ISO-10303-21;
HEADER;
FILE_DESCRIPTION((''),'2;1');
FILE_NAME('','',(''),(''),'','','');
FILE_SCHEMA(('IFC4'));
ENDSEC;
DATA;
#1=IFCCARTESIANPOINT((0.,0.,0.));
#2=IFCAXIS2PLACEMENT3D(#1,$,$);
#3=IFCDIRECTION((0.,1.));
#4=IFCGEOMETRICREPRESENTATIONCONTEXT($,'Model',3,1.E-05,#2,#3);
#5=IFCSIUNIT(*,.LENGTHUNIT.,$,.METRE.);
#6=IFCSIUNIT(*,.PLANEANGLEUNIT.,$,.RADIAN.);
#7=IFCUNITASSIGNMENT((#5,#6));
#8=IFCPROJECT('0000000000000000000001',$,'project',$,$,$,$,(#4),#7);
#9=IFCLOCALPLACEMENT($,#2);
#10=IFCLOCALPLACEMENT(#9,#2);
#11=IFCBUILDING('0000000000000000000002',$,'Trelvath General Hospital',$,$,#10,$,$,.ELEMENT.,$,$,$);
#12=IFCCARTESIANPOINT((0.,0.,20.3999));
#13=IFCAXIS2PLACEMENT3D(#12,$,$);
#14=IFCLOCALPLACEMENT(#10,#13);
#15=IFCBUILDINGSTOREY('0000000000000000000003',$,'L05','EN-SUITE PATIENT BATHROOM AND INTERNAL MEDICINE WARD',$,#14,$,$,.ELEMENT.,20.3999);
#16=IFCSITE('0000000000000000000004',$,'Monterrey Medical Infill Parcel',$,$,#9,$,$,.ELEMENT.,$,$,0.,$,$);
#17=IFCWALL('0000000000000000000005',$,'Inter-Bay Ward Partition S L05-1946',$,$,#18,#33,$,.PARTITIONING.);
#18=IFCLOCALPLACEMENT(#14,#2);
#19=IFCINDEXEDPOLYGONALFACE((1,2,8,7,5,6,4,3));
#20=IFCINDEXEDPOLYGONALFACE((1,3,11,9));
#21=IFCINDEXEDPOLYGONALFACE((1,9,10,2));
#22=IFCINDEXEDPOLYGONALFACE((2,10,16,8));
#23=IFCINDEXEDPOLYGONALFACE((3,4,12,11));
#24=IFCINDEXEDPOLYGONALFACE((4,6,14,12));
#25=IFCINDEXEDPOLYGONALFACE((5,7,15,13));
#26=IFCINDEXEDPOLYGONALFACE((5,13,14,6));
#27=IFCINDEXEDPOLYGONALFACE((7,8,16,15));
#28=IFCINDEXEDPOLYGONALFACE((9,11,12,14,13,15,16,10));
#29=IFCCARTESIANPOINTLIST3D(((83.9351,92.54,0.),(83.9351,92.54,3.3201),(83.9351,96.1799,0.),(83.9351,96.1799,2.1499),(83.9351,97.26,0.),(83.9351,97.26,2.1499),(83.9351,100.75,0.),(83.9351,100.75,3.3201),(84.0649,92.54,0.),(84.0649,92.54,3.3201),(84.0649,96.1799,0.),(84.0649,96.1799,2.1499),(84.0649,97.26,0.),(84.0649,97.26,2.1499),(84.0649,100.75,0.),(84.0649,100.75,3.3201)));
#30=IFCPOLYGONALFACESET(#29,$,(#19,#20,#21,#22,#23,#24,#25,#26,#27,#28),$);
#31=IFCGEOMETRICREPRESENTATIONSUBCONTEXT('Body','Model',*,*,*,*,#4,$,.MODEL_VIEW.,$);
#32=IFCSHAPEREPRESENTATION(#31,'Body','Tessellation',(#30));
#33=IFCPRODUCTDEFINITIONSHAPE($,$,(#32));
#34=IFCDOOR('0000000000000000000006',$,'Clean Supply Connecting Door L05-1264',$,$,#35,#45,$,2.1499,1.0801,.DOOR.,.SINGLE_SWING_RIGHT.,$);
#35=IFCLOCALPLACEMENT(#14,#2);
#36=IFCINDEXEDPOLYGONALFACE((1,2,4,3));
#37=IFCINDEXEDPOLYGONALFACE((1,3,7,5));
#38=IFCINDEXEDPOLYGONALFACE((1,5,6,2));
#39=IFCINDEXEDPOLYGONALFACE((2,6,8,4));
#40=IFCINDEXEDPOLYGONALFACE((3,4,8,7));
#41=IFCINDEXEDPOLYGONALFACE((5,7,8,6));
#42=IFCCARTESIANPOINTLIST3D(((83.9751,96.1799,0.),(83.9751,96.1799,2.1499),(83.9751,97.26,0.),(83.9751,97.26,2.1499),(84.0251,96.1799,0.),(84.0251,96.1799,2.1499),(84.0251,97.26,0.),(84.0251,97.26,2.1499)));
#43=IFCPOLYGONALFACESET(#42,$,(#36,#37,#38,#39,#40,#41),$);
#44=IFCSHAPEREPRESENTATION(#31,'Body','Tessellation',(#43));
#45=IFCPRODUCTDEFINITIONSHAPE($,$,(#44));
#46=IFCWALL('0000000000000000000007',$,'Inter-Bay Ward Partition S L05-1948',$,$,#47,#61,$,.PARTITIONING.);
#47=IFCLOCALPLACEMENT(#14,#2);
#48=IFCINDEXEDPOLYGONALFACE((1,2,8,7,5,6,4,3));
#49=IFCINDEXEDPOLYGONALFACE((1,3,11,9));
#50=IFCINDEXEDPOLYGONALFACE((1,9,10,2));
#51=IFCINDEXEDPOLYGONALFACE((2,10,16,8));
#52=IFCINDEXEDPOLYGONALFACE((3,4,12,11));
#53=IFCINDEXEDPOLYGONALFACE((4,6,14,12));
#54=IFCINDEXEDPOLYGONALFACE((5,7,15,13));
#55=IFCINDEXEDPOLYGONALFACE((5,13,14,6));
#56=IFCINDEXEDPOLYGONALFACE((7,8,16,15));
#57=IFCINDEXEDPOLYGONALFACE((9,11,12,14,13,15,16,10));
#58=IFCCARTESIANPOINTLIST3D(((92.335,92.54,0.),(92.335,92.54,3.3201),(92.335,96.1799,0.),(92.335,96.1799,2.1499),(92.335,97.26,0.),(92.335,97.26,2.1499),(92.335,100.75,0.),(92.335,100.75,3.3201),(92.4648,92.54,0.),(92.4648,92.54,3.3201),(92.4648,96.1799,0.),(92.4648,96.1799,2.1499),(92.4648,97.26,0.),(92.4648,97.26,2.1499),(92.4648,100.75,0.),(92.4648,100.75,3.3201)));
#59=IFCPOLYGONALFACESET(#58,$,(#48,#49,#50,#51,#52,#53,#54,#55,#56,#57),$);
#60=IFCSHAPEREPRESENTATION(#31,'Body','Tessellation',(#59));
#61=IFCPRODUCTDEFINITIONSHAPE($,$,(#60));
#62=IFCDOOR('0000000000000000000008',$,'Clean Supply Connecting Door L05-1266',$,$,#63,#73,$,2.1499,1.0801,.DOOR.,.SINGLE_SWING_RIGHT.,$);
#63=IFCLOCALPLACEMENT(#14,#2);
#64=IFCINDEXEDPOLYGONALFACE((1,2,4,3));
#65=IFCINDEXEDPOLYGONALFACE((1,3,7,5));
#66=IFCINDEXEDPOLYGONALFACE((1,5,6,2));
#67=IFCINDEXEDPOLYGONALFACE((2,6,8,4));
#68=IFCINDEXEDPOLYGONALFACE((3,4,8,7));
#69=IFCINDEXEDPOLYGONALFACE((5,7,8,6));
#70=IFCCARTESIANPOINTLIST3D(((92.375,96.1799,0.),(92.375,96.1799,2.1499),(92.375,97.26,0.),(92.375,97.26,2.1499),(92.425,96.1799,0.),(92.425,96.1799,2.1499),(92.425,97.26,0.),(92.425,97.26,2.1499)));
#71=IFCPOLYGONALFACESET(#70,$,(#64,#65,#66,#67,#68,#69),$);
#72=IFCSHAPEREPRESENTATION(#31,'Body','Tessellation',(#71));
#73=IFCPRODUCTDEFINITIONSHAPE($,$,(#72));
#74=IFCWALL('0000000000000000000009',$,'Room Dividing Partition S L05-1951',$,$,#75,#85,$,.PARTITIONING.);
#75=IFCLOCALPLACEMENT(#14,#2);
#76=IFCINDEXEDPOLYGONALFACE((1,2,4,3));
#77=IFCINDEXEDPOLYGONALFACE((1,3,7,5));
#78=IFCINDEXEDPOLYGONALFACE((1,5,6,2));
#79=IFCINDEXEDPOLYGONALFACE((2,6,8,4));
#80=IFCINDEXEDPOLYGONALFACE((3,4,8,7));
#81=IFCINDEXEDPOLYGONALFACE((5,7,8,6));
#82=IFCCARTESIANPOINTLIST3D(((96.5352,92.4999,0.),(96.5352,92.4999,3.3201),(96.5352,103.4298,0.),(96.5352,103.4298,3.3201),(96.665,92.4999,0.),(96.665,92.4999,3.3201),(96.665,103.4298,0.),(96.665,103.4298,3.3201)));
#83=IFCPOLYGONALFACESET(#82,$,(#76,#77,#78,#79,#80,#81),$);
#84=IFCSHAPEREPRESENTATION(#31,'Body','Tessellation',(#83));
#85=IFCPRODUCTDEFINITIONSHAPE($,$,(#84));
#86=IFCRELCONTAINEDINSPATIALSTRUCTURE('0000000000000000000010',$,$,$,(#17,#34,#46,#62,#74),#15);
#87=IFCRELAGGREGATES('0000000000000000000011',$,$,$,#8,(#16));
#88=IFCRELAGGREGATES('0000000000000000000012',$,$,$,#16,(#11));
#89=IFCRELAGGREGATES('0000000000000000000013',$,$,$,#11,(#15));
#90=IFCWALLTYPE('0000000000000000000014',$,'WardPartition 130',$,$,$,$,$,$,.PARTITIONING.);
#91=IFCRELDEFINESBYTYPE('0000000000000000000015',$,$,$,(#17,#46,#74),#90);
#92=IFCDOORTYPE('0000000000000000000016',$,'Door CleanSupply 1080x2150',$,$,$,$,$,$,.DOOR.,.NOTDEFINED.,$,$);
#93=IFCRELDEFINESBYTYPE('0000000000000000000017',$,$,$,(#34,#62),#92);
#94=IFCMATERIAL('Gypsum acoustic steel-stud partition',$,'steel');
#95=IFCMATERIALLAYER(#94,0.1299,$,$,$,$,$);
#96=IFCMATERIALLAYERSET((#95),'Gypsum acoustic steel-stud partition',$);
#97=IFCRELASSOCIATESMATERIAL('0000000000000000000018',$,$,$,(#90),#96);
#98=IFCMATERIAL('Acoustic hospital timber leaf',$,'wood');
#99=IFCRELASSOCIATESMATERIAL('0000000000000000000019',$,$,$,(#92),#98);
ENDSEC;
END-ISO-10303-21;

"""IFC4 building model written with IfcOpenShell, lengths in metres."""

from ifc_helpers import new_model, si_unit, direction, frame, frame_2d, origin, place, context, subcontext, project, spatial, rectangle, extrude, material, layer, layer_set, type_object, element, fill, save


model = new_model("IFC4")

# Units and contexts
model_context = context("Model", 3, precision=1e-05, world=origin(), true_north=direction((0.0, 1.0)))
body_context = subcontext(model_context, "Body", "Model", "MODEL_VIEW")
ifc_project = project(units=[si_unit("LENGTHUNIT", "METRE"), si_unit("PLANEANGLEUNIT", "RADIAN")], contexts=[model_context])

# Site, building, storey
site_placement = place(None, origin())
site = spatial("IfcSite", under=ifc_project, at=site_placement, Name="Monterrey Medical Infill Parcel", CompositionType="ELEMENT", RefElevation=0.0)
building_placement = place(site_placement, origin())
building = spatial("IfcBuilding", under=site, at=building_placement, Name="Trelvath General Hospital", CompositionType="ELEMENT")
storey_placement = place(building_placement, frame((0.0, 0.0, 20.3999)))
storey = spatial("IfcBuildingStorey", under=building, at=storey_placement, Name="L05", Description="EN-SUITE PATIENT BATHROOM AND INTERNAL MEDICINE WARD", CompositionType="ELEMENT", Elevation=20.3999)

# Shared definitions
ifc_material_1 = material(Name="Gypsum acoustic steel-stud partition", Category="steel")
ifc_layer_1 = layer(ifc_material_1, 0.1299)
ifc_layer_set_1 = layer_set([ifc_layer_1], Name="Gypsum acoustic steel-stud partition")
wall_type_1 = type_object("IfcWallType", Name="WardPartition 130", PredefinedType="PARTITIONING", material=ifc_layer_set_1)

# Walls, openings, doors
wall_1_placement = place(storey_placement, frame((84.0, 92.54, 0.0), z_axis=(0.0, 0.0, 1.0), x_axis=(0.0, 1.0, 0.0)))
wall_1 = element("IfcWall", 1, at=wall_1_placement, inside=storey, type_object=wall_type_1, Name="Inter-Bay Ward Partition S L05-1946", PredefinedType="PARTITIONING", context=body_context, shape_type="SweptSolid", body=[
    extrude(rectangle(XDim=8.21, YDim=0.1299, at=frame_2d((4.105, 0.0))), origin(), (0.0, 0.0, 1.0), 3.3201),
])
opening_1_placement = place(wall_1_placement, frame((3.6399, 0.0, 0.0)))
opening_1 = element("IfcOpeningElement", 2, at=opening_1_placement, cuts=wall_1, PredefinedType="OPENING", context=body_context, shape_type="SweptSolid", body=[
    extrude(rectangle(XDim=1.0801, YDim=2.1499, at=frame_2d((0.54, 1.075))), frame((0.0, 0.075, 0.0), z_axis=(0.0, -1.0, 0.0), x_axis=(1.0, 0.0, 0.0)), (0.0, 0.0, 1.0), 0.1499),
])
ifc_material_2 = material(Name="Acoustic hospital timber leaf", Category="wood")
door_type_1 = type_object("IfcDoorType", Name="Door CleanSupply 1080x2150", OperationType="NOTDEFINED", PredefinedType="DOOR", material=ifc_material_2)
door_1_placement = place(opening_1_placement, origin())
door_1 = element("IfcDoor", 3, at=door_1_placement, inside=storey, type_object=door_type_1, Name="Clean Supply Connecting Door L05-1264", OperationType="SINGLE_SWING_RIGHT", OverallHeight=2.1499, OverallWidth=1.0801, PredefinedType="DOOR", context=body_context, shape_type="SweptSolid", body=[
    extrude(rectangle(XDim=1.0801, YDim=2.1499, at=frame_2d((0.54, 1.075))), frame((0.0, 0.0249, 0.0), z_axis=(0.0, -1.0, 0.0), x_axis=(1.0, 0.0, 0.0)), (0.0, 0.0, 1.0), 0.05),
])
fill(opening_1, door_1)
wall_2_placement = place(storey_placement, frame((92.3999, 92.54, 0.0), z_axis=(0.0, 0.0, 1.0), x_axis=(0.0, 1.0, 0.0)))
wall_2 = element("IfcWall", 4, at=wall_2_placement, inside=storey, type_object=wall_type_1, Name="Inter-Bay Ward Partition S L05-1948", PredefinedType="PARTITIONING", context=body_context, shape_type="SweptSolid", body=[
    extrude(rectangle(XDim=8.21, YDim=0.1299, at=frame_2d((4.105, 0.0))), origin(), (0.0, 0.0, 1.0), 3.3201),
])
opening_2_placement = place(wall_2_placement, frame((3.6399, 0.0, 0.0)))
opening_2 = element("IfcOpeningElement", 5, at=opening_2_placement, cuts=wall_2, PredefinedType="OPENING", context=body_context, shape_type="SweptSolid", body=[
    extrude(rectangle(XDim=1.0801, YDim=2.1499, at=frame_2d((0.54, 1.075))), frame((0.0, 0.075, 0.0), z_axis=(0.0, -1.0, 0.0), x_axis=(1.0, 0.0, 0.0)), (0.0, 0.0, 1.0), 0.1499),
])
door_2_placement = place(opening_2_placement, origin())
door_2 = element("IfcDoor", 6, at=door_2_placement, inside=storey, type_object=door_type_1, Name="Clean Supply Connecting Door L05-1266", OperationType="SINGLE_SWING_RIGHT", OverallHeight=2.1499, OverallWidth=1.0801, PredefinedType="DOOR", context=body_context, shape_type="SweptSolid", body=[
    extrude(rectangle(XDim=1.0801, YDim=2.1499, at=frame_2d((0.54, 1.075))), frame((0.0, 0.0249, 0.0), z_axis=(0.0, -1.0, 0.0), x_axis=(1.0, 0.0, 0.0)), (0.0, 0.0, 1.0), 0.05),
])
fill(opening_2, door_2)

# Wall
wall_3_placement = place(storey_placement, frame((96.6001, 92.5, 0.0), z_axis=(0.0, 0.0, 1.0), x_axis=(0.0, 1.0, 0.0)))
element("IfcWall", 7, at=wall_3_placement, inside=storey, type_object=wall_type_1, Name="Room Dividing Partition S L05-1951", PredefinedType="PARTITIONING", context=body_context, shape_type="SweptSolid", body=[
    extrude(rectangle(XDim=10.9299, YDim=0.1299, at=frame_2d((5.4648, 0.0))), origin(), (0.0, 0.0, 1.0), 3.3201),
])

save(model, "model.ifc")
